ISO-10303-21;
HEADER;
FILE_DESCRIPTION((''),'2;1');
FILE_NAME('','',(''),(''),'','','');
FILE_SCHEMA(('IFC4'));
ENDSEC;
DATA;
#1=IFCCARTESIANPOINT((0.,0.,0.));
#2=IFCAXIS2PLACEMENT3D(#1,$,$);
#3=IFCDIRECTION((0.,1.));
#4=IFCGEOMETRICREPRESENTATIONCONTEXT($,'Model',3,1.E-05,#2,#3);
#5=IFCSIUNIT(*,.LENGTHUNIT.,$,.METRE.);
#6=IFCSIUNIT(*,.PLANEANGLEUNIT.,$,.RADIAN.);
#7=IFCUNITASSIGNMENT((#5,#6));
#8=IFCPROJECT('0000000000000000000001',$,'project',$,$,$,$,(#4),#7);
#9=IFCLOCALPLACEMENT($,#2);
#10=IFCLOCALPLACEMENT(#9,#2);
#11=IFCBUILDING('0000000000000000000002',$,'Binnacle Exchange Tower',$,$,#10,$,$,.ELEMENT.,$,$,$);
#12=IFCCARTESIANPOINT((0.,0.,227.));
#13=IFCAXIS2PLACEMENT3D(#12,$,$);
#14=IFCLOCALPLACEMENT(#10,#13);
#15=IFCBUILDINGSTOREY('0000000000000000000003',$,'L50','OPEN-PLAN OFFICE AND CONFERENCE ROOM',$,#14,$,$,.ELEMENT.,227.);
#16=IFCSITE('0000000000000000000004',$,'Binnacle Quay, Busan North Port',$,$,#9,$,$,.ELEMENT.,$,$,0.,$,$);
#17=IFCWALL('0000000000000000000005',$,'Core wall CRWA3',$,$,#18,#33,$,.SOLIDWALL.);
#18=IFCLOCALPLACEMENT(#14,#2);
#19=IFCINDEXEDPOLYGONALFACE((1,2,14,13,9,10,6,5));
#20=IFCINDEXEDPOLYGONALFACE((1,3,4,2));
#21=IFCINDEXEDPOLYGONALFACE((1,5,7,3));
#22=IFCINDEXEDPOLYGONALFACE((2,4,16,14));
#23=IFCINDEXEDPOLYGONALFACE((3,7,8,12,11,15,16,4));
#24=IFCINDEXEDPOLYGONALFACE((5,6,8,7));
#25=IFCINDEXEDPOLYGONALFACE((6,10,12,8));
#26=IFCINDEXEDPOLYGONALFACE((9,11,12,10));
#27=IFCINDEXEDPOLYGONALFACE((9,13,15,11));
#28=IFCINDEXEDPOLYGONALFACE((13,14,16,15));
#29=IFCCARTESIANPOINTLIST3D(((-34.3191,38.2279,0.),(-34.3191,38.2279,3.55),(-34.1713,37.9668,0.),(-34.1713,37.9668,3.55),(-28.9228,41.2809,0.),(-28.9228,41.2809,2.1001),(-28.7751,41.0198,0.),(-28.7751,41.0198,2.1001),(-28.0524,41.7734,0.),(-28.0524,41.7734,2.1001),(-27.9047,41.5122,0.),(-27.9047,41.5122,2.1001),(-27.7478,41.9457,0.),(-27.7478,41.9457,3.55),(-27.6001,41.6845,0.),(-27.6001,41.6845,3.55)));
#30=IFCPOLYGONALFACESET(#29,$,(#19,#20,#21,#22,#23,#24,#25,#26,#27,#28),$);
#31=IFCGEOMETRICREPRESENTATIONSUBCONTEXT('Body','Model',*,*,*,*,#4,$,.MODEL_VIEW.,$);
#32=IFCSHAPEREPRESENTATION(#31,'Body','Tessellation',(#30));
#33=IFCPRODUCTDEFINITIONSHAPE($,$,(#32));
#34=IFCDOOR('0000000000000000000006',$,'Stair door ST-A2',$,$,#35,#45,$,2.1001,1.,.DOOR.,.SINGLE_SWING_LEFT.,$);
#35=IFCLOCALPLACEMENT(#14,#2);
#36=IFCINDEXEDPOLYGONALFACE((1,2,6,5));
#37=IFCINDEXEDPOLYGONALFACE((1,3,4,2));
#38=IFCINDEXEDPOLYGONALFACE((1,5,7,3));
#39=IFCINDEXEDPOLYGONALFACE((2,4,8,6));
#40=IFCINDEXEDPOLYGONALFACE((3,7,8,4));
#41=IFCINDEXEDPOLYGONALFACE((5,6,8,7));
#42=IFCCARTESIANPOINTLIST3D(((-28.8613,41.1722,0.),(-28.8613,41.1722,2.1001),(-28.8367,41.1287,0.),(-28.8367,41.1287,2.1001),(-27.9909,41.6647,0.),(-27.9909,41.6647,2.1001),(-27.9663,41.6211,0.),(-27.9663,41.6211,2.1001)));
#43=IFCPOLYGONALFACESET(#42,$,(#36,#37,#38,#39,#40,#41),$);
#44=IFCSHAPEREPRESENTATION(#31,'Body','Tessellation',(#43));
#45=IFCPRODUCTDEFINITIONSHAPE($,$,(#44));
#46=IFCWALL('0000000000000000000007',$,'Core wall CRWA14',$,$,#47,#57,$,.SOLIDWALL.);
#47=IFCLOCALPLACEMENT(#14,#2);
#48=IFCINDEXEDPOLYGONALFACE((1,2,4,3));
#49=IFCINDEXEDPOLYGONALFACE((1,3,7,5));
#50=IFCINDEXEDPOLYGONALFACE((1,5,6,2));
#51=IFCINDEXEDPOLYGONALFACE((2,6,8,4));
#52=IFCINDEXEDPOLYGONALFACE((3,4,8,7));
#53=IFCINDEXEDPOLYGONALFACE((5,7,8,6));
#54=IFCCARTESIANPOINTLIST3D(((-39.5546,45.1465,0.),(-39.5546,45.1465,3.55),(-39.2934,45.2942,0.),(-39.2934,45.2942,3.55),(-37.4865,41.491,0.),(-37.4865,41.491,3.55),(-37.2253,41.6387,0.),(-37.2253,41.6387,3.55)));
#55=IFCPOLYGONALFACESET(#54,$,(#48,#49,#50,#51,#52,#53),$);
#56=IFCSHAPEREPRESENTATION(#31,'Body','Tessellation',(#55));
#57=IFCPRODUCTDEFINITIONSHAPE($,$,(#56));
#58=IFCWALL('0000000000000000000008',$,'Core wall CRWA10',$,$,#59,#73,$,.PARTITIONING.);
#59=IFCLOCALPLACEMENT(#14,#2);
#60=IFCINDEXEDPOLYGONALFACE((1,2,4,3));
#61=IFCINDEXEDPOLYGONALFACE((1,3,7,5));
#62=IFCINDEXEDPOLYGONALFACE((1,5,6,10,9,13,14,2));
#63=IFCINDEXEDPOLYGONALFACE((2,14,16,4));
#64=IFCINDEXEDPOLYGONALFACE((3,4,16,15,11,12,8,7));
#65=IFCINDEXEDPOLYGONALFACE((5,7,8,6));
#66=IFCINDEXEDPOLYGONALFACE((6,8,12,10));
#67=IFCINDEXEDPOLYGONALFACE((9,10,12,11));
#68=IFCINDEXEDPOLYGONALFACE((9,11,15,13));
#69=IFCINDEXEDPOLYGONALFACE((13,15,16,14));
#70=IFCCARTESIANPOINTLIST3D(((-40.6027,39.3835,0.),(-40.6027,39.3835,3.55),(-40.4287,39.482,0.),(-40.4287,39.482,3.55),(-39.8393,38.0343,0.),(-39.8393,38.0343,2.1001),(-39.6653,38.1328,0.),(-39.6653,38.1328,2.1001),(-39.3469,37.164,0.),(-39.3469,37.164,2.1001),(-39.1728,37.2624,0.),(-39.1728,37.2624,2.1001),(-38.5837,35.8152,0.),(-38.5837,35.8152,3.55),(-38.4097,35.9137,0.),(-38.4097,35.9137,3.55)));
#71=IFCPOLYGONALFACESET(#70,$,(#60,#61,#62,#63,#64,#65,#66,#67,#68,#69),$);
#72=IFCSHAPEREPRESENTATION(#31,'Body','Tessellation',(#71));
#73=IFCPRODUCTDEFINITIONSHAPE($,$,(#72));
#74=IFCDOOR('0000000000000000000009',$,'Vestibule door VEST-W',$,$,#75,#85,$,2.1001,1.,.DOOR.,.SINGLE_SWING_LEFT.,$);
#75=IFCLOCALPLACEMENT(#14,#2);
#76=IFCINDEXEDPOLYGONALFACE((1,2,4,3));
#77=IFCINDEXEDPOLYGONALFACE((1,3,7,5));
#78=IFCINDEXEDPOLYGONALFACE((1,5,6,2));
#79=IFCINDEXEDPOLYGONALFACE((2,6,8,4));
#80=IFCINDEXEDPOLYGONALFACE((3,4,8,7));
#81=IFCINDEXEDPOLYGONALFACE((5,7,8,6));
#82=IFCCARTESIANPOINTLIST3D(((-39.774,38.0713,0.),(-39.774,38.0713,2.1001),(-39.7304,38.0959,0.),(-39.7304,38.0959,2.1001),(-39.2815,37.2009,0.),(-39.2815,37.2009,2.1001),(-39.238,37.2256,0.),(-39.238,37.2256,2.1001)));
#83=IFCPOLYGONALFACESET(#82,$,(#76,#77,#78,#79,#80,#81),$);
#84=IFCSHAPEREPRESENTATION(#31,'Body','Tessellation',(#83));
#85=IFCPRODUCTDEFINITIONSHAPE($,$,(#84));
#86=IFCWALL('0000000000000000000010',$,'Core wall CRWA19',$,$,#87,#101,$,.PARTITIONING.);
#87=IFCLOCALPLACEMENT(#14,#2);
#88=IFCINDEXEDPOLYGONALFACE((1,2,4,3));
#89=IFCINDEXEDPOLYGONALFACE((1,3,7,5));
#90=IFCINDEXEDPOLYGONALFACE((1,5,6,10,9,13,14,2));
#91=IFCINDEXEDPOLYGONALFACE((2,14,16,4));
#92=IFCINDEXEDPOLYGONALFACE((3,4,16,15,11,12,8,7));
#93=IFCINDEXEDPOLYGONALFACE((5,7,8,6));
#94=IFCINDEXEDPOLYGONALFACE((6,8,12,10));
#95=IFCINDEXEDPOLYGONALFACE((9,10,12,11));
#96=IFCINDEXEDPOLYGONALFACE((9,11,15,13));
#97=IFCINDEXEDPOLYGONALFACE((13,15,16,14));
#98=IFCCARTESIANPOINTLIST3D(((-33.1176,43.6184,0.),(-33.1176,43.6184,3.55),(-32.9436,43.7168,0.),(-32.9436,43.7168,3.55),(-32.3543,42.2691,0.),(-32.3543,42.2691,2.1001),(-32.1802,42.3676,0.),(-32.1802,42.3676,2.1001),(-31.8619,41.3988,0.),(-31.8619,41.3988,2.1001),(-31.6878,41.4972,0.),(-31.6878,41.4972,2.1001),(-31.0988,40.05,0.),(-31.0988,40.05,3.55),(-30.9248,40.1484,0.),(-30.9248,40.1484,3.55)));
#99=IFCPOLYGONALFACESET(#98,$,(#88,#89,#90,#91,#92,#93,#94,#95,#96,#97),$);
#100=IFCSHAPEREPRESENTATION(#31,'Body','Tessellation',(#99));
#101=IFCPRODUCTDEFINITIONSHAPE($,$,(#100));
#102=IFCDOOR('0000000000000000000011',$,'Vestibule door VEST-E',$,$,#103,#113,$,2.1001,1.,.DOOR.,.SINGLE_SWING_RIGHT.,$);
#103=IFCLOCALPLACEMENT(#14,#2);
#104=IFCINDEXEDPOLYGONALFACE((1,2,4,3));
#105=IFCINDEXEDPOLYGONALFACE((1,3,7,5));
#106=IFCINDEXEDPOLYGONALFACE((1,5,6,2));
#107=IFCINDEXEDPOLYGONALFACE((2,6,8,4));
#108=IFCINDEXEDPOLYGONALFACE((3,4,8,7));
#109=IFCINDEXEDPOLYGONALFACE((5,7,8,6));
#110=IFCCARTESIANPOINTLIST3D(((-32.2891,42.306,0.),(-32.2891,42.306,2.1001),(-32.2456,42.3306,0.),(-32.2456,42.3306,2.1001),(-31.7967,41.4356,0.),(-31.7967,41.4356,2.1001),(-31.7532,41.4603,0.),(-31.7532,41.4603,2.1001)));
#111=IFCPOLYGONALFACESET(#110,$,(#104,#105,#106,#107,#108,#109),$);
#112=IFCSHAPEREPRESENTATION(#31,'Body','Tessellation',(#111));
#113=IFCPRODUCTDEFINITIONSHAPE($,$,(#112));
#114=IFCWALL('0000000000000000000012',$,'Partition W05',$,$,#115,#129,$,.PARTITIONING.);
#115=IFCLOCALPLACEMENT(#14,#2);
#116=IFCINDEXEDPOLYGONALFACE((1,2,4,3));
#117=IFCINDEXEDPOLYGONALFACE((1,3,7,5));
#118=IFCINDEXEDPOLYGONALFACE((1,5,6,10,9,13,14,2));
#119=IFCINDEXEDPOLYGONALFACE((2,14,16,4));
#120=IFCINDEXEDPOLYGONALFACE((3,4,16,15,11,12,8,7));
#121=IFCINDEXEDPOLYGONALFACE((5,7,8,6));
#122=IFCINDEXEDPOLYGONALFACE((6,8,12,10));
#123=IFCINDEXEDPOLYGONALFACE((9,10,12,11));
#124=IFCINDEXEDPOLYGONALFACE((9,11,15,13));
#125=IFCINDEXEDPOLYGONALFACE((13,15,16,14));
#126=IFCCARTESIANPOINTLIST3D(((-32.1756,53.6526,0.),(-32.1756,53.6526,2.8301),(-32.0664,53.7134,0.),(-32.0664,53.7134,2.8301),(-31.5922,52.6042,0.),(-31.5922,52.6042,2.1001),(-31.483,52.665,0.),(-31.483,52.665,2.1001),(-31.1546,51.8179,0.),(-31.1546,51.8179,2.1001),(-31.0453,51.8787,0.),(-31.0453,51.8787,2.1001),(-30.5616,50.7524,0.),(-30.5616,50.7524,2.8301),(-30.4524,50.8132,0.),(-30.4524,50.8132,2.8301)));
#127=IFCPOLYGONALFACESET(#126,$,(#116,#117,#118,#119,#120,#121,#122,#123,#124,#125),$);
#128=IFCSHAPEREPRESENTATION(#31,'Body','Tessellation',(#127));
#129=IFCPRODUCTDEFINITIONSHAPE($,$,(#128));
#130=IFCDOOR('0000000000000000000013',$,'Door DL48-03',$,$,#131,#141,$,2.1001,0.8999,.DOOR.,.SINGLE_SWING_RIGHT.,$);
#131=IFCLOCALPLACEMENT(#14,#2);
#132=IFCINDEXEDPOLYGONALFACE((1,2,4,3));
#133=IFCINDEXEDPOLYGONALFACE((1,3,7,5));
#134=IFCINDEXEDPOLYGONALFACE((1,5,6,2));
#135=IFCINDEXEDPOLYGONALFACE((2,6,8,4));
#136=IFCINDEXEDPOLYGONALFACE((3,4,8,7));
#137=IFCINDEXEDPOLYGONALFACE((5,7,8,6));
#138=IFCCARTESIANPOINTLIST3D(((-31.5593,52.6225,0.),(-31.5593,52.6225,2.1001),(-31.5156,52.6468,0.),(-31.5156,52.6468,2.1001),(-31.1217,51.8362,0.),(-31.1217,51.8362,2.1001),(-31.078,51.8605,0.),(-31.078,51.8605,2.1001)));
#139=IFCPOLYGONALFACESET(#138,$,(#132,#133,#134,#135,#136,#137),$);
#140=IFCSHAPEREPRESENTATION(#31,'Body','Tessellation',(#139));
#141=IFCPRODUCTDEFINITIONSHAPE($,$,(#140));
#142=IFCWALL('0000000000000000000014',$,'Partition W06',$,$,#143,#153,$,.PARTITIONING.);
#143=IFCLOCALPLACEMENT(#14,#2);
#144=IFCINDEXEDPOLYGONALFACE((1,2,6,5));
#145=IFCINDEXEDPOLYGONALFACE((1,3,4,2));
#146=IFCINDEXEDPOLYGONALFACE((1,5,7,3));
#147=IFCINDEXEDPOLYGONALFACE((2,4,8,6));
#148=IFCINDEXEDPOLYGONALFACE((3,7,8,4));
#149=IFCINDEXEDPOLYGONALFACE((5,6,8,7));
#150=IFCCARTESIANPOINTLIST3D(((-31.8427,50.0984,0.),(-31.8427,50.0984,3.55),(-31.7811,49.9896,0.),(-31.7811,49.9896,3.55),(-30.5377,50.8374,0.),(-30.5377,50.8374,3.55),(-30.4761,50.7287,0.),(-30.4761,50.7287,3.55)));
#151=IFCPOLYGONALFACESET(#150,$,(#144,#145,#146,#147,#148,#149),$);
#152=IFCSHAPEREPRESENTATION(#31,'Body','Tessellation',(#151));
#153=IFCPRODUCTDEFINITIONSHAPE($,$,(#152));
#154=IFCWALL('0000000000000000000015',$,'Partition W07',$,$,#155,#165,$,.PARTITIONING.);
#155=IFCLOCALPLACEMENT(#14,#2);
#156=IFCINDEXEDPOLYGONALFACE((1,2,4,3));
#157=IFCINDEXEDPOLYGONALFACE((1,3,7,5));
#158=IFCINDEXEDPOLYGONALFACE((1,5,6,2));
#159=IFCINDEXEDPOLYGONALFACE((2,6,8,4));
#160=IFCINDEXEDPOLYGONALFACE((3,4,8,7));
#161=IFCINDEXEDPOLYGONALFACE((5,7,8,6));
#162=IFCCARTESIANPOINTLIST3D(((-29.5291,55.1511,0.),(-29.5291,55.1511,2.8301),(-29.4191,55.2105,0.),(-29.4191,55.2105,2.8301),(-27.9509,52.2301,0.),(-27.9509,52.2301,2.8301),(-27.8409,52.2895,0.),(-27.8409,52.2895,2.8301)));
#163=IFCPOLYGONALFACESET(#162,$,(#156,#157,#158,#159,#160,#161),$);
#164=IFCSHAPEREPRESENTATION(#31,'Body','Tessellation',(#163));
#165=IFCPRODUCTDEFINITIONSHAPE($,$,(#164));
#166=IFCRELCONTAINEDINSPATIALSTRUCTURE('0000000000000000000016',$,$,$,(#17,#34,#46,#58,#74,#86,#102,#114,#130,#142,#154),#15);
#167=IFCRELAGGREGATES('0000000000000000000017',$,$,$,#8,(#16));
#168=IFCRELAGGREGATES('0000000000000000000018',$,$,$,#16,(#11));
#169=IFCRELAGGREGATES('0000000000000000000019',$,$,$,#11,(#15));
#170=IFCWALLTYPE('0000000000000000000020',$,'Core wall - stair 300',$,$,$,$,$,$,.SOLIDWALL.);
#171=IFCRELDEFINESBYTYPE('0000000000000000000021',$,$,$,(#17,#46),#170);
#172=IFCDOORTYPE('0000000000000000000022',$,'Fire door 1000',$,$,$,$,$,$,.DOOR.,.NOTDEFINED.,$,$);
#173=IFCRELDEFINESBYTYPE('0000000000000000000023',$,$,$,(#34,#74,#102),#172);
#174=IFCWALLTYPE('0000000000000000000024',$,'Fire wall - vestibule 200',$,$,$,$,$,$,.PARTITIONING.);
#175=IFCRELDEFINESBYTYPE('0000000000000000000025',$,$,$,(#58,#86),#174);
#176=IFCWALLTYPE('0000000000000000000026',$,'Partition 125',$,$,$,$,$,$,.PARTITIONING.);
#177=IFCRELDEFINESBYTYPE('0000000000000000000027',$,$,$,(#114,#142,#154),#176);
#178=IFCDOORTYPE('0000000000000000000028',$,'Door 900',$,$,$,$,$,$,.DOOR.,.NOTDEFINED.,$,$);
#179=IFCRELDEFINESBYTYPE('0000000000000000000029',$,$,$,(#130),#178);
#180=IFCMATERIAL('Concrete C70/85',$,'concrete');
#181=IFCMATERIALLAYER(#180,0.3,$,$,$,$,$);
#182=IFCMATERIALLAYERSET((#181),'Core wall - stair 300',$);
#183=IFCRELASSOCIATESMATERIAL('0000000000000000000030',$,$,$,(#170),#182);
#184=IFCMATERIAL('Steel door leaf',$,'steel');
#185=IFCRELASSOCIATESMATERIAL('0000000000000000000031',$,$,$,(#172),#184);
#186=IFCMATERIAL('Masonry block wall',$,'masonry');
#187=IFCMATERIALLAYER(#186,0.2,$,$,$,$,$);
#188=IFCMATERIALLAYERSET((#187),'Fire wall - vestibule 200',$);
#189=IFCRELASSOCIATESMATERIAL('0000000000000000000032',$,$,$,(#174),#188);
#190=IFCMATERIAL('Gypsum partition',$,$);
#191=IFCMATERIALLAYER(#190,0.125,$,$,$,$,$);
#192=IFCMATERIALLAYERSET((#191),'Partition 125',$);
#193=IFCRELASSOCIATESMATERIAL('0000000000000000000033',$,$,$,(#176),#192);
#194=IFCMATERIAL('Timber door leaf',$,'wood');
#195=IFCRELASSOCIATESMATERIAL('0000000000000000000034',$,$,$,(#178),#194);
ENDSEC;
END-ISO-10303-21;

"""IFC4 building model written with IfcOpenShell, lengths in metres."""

from ifc_helpers import new_model, si_unit, direction, frame, frame_2d, origin, place, context, subcontext, project, spatial, rectangle, extrude, material, layer, layer_set, type_object, element, fill, save


model = new_model("IFC4")

# Units and contexts
model_context = context("Model", 3, precision=1e-05, world=origin(), true_north=direction((0.0, 1.0)))
body_context = subcontext(model_context, "Body", "Model", "MODEL_VIEW")
ifc_project = project(units=[si_unit("LENGTHUNIT", "METRE"), si_unit("PLANEANGLEUNIT", "RADIAN")], contexts=[model_context])

# Site, building, storey
site_placement = place(None, origin())
site = spatial("IfcSite", under=ifc_project, at=site_placement, Name="Binnacle Quay, Busan North Port", CompositionType="ELEMENT", RefElevation=0.0)
building_placement = place(site_placement, origin())
building = spatial("IfcBuilding", under=site, at=building_placement, Name="Binnacle Exchange Tower", CompositionType="ELEMENT")
storey_placement = place(building_placement, frame((0.0, 0.0, 227.0)))
storey = spatial("IfcBuildingStorey", under=building, at=storey_placement, Name="L50", Description="OPEN-PLAN OFFICE AND CONFERENCE ROOM", CompositionType="ELEMENT", Elevation=227.0)

# Shared definitions
ifc_material_1 = material(Name="Concrete C70/85", Category="concrete")
ifc_material_2 = material(Name="Steel door leaf", Category="steel")

# Wall, opening, door
ifc_layer_1 = layer(ifc_material_1, 0.3)
ifc_layer_set_1 = layer_set([ifc_layer_1], Name="Core wall - stair 300")
wall_type_1 = type_object("IfcWallType", Name="Core wall - stair 300", PredefinedType="SOLIDWALL", material=ifc_layer_set_1)
wall_1_placement = place(storey_placement, frame((-34.2451, 38.0974, 0.0), z_axis=(0.0, 0.0, 1.0), x_axis=(0.87036, 0.492415, 0.0)))
wall_1 = element("IfcWall", 1, at=wall_1_placement, inside=storey, type_object=wall_type_1, Name="Core wall CRWA3", PredefinedType="SOLIDWALL", context=body_context, shape_type="SweptSolid", body=[
    extrude(rectangle(XDim=7.55, YDim=0.3, at=frame_2d((3.7749, 0.0))), origin(), (0.0, 0.0, 1.0), 3.55),
])
opening_1_placement = place(wall_1_placement, frame((6.2, 0.0, 0.0)))
opening_1 = element("IfcOpeningElement", 2, at=opening_1_placement, cuts=wall_1, PredefinedType="OPENING", context=body_context, shape_type="SweptSolid", body=[
    extrude(rectangle(XDim=1.0, YDim=2.1001, at=frame_2d((0.5, 1.05))), frame((0.0, 0.1599, 0.0), z_axis=(0.0, -1.0, 0.0), x_axis=(1.0, 0.0, 0.0)), (0.0, 0.0, 1.0), 0.3201),
])
door_type_1 = type_object("IfcDoorType", Name="Fire door 1000", OperationType="NOTDEFINED", PredefinedType="DOOR", material=ifc_material_2)
door_1_placement = place(opening_1_placement, frame((1.0, 0.0, 0.0), z_axis=(0.0, 0.0, 1.0), x_axis=(-1.0, 0.0, 0.0)))
door_1 = element("IfcDoor", 3, at=door_1_placement, inside=storey, type_object=door_type_1, Name="Stair door ST-A2", OperationType="SINGLE_SWING_LEFT", OverallHeight=2.1001, OverallWidth=1.0, PredefinedType="DOOR", context=body_context, shape_type="SweptSolid", body=[
    extrude(rectangle(XDim=1.0, YDim=2.1001, at=frame_2d((0.5, 1.05))), frame((0.0, 0.0249, 0.0), z_axis=(0.0, -1.0, 0.0), x_axis=(1.0, 0.0, 0.0)), (0.0, 0.0, 1.0), 0.05),
])
fill(opening_1, door_1)

# Wall
wall_2_placement = place(storey_placement, frame((-39.4241, 45.2205, 0.0), z_axis=(0.0, 0.0, 1.0), x_axis=(0.49241, -0.870364, 0.0)))
element("IfcWall", 4, at=wall_2_placement, inside=storey, type_object=wall_type_1, Name="Core wall CRWA14", PredefinedType="SOLIDWALL", context=body_context, shape_type="SweptSolid", body=[
    extrude(rectangle(XDim=4.2, YDim=0.3, at=frame_2d((2.1001, 0.0))), origin(), (0.0, 0.0, 1.0), 3.55),
])

# Walls, openings, doors
ifc_material_3 = material(Name="Masonry block wall", Category="masonry")
ifc_layer_2 = layer(ifc_material_3, 0.2)
ifc_layer_set_2 = layer_set([ifc_layer_2], Name="Fire wall - vestibule 200")
wall_type_2 = type_object("IfcWallType", Name="Fire wall - vestibule 200", PredefinedType="PARTITIONING", material=ifc_layer_set_2)
wall_3_placement = place(storey_placement, frame((-40.5156, 39.4326, 0.0), z_axis=(0.0, 0.0, 1.0), x_axis=(0.492454, -0.870339, 0.0)))
wall_3 = element("IfcWall", 5, at=wall_3_placement, inside=storey, type_object=wall_type_2, Name="Core wall CRWA10", PredefinedType="PARTITIONING", context=body_context, shape_type="SweptSolid", body=[
    extrude(rectangle(XDim=4.0999, YDim=0.2, at=frame_2d((2.0498, 0.0))), origin(), (0.0, 0.0, 1.0), 3.55),
])
opening_2_placement = place(wall_3_placement, frame((1.55, 0.0, 0.0)))
opening_2 = element("IfcOpeningElement", 6, at=opening_2_placement, cuts=wall_3, PredefinedType="OPENING", context=body_context, shape_type="SweptSolid", body=[
    extrude(rectangle(XDim=1.0, YDim=2.1001, at=frame_2d((0.5, 1.05))), frame((0.0, 0.1099, 0.0), z_axis=(0.0, -1.0, 0.0), x_axis=(1.0, 0.0, 0.0)), (0.0, 0.0, 1.0), 0.22),
])
door_2_placement = place(opening_2_placement, frame((1.0, 0.0, 0.0), z_axis=(0.0, 0.0, 1.0), x_axis=(-1.0, 0.0, 0.0)))
door_2 = element("IfcDoor", 7, at=door_2_placement, inside=storey, type_object=door_type_1, Name="Vestibule door VEST-W", OperationType="SINGLE_SWING_LEFT", OverallHeight=2.1001, OverallWidth=1.0, PredefinedType="DOOR", context=body_context, shape_type="SweptSolid", body=[
    extrude(rectangle(XDim=1.0, YDim=2.1001, at=frame_2d((0.5, 1.05))), frame((0.0, 0.0249, 0.0), z_axis=(0.0, -1.0, 0.0), x_axis=(1.0, 0.0, 0.0)), (0.0, 0.0, 1.0), 0.05),
])
fill(opening_2, door_2)
wall_4_placement = place(storey_placement, frame((-33.0305, 43.6675, 0.0), z_axis=(0.0, 0.0, 1.0), x_axis=(0.492408, -0.870364, 0.0)))
wall_4 = element("IfcWall", 8, at=wall_4_placement, inside=storey, type_object=wall_type_2, Name="Core wall CRWA19", PredefinedType="PARTITIONING", context=body_context, shape_type="SweptSolid", body=[
    extrude(rectangle(XDim=4.0999, YDim=0.2, at=frame_2d((2.0498, 0.0))), origin(), (0.0, 0.0, 1.0), 3.55),
])
opening_3_placement = place(wall_4_placement, frame((1.55, 0.0, 0.0)))
opening_3 = element("IfcOpeningElement", 9, at=opening_3_placement, cuts=wall_4, PredefinedType="OPENING", context=body_context, shape_type="SweptSolid", body=[
    extrude(rectangle(XDim=1.0, YDim=2.1001, at=frame_2d((0.5, 1.05))), frame((0.0, 0.1099, 0.0), z_axis=(0.0, -1.0, 0.0), x_axis=(1.0, 0.0, 0.0)), (0.0, 0.0, 1.0), 0.22),
])
door_3_placement = place(opening_3_placement, origin())
door_3 = element("IfcDoor", 10, at=door_3_placement, inside=storey, type_object=door_type_1, Name="Vestibule door VEST-E", OperationType="SINGLE_SWING_RIGHT", OverallHeight=2.1001, OverallWidth=1.0, PredefinedType="DOOR", context=body_context, shape_type="SweptSolid", body=[
    extrude(rectangle(XDim=1.0, YDim=2.1001, at=frame_2d((0.5, 1.05))), frame((0.0, 0.0249, 0.0), z_axis=(0.0, -1.0, 0.0), x_axis=(1.0, 0.0, 0.0)), (0.0, 0.0, 1.0), 0.05),
])
fill(opening_3, door_3)
ifc_material_4 = material(Name="Gypsum partition")
ifc_layer_3 = layer(ifc_material_4, 0.125)
ifc_layer_set_3 = layer_set([ifc_layer_3], Name="Partition 125")
wall_type_3 = type_object("IfcWallType", Name="Partition 125", PredefinedType="PARTITIONING", material=ifc_layer_set_3)
wall_5_placement = place(storey_placement, frame((-32.1211, 53.6831, 0.0), z_axis=(0.0, 0.0, 1.0), x_axis=(0.486292, -0.873796, 0.0)))
wall_5 = element("IfcWall", 11, at=wall_5_placement, inside=storey, type_object=wall_type_3, Name="Partition W05", PredefinedType="PARTITIONING", context=body_context, shape_type="SweptSolid", body=[
    extrude(rectangle(XDim=3.3191, YDim=0.125, at=frame_2d((1.6597, 0.0))), origin(), (0.0, 0.0, 1.0), 2.8301),
])
opening_4_placement = place(wall_5_placement, frame((1.2, 0.0, 0.0)))
opening_4 = element("IfcOpeningElement", 12, at=opening_4_placement, cuts=wall_5, PredefinedType="OPENING", context=body_context, shape_type="SweptSolid", body=[
    extrude(rectangle(XDim=0.8999, YDim=2.1001, at=frame_2d((0.45, 1.05))), frame((0.0, 0.0725, 0.0), z_axis=(0.0, -1.0, 0.0), x_axis=(1.0, 0.0, 0.0)), (0.0, 0.0, 1.0), 0.145),
])
ifc_material_5 = material(Name="Timber door leaf", Category="wood")
door_type_2 = type_object("IfcDoorType", Name="Door 900", OperationType="NOTDEFINED", PredefinedType="DOOR", material=ifc_material_5)
door_4_placement = place(opening_4_placement, frame((0.8999, 0.0, 0.0), z_axis=(0.0, 0.0, 1.0), x_axis=(-1.0, 0.0, 0.0)))
door_4 = element("IfcDoor", 13, at=door_4_placement, inside=storey, type_object=door_type_2, Name="Door DL48-03", OperationType="SINGLE_SWING_RIGHT", OverallHeight=2.1001, OverallWidth=0.8999, PredefinedType="DOOR", context=body_context, shape_type="SweptSolid", body=[
    extrude(rectangle(XDim=0.8999, YDim=2.1001, at=frame_2d((0.45, 1.05))), frame((0.0, 0.0249, 0.0), z_axis=(0.0, -1.0, 0.0), x_axis=(1.0, 0.0, 0.0)), (0.0, 0.0, 1.0), 0.05),
])
fill(opening_4, door_4)

# Walls
wall_6_placement = place(storey_placement, frame((-31.812, 50.0439, 0.0), z_axis=(0.0, 0.0, 1.0), x_axis=(0.87015, 0.492787, 0.0)))
element("IfcWall", 14, at=wall_6_placement, inside=storey, type_object=wall_type_3, Name="Partition W06", PredefinedType="PARTITIONING", context=body_context, shape_type="SweptSolid", body=[
    extrude(rectangle(XDim=1.4998, YDim=0.125, at=frame_2d((0.75, 0.0))), origin(), (0.0, 0.0, 1.0), 3.55),
])
wall_7_placement = place(storey_placement, frame((-29.4741, 55.1809, 0.0), z_axis=(0.0, 0.0, 1.0), x_axis=(0.475345, -0.8798, 0.0)))
element("IfcWall", 15, at=wall_7_placement, inside=storey, type_object=wall_type_3, Name="Partition W07", PredefinedType="PARTITIONING", context=body_context, shape_type="SweptSolid", body=[
    extrude(rectangle(XDim=3.3201, YDim=0.125, at=frame_2d((1.6602, 0.0))), origin(), (0.0, 0.0, 1.0), 2.8301),
])

save(model, "model.ifc")
